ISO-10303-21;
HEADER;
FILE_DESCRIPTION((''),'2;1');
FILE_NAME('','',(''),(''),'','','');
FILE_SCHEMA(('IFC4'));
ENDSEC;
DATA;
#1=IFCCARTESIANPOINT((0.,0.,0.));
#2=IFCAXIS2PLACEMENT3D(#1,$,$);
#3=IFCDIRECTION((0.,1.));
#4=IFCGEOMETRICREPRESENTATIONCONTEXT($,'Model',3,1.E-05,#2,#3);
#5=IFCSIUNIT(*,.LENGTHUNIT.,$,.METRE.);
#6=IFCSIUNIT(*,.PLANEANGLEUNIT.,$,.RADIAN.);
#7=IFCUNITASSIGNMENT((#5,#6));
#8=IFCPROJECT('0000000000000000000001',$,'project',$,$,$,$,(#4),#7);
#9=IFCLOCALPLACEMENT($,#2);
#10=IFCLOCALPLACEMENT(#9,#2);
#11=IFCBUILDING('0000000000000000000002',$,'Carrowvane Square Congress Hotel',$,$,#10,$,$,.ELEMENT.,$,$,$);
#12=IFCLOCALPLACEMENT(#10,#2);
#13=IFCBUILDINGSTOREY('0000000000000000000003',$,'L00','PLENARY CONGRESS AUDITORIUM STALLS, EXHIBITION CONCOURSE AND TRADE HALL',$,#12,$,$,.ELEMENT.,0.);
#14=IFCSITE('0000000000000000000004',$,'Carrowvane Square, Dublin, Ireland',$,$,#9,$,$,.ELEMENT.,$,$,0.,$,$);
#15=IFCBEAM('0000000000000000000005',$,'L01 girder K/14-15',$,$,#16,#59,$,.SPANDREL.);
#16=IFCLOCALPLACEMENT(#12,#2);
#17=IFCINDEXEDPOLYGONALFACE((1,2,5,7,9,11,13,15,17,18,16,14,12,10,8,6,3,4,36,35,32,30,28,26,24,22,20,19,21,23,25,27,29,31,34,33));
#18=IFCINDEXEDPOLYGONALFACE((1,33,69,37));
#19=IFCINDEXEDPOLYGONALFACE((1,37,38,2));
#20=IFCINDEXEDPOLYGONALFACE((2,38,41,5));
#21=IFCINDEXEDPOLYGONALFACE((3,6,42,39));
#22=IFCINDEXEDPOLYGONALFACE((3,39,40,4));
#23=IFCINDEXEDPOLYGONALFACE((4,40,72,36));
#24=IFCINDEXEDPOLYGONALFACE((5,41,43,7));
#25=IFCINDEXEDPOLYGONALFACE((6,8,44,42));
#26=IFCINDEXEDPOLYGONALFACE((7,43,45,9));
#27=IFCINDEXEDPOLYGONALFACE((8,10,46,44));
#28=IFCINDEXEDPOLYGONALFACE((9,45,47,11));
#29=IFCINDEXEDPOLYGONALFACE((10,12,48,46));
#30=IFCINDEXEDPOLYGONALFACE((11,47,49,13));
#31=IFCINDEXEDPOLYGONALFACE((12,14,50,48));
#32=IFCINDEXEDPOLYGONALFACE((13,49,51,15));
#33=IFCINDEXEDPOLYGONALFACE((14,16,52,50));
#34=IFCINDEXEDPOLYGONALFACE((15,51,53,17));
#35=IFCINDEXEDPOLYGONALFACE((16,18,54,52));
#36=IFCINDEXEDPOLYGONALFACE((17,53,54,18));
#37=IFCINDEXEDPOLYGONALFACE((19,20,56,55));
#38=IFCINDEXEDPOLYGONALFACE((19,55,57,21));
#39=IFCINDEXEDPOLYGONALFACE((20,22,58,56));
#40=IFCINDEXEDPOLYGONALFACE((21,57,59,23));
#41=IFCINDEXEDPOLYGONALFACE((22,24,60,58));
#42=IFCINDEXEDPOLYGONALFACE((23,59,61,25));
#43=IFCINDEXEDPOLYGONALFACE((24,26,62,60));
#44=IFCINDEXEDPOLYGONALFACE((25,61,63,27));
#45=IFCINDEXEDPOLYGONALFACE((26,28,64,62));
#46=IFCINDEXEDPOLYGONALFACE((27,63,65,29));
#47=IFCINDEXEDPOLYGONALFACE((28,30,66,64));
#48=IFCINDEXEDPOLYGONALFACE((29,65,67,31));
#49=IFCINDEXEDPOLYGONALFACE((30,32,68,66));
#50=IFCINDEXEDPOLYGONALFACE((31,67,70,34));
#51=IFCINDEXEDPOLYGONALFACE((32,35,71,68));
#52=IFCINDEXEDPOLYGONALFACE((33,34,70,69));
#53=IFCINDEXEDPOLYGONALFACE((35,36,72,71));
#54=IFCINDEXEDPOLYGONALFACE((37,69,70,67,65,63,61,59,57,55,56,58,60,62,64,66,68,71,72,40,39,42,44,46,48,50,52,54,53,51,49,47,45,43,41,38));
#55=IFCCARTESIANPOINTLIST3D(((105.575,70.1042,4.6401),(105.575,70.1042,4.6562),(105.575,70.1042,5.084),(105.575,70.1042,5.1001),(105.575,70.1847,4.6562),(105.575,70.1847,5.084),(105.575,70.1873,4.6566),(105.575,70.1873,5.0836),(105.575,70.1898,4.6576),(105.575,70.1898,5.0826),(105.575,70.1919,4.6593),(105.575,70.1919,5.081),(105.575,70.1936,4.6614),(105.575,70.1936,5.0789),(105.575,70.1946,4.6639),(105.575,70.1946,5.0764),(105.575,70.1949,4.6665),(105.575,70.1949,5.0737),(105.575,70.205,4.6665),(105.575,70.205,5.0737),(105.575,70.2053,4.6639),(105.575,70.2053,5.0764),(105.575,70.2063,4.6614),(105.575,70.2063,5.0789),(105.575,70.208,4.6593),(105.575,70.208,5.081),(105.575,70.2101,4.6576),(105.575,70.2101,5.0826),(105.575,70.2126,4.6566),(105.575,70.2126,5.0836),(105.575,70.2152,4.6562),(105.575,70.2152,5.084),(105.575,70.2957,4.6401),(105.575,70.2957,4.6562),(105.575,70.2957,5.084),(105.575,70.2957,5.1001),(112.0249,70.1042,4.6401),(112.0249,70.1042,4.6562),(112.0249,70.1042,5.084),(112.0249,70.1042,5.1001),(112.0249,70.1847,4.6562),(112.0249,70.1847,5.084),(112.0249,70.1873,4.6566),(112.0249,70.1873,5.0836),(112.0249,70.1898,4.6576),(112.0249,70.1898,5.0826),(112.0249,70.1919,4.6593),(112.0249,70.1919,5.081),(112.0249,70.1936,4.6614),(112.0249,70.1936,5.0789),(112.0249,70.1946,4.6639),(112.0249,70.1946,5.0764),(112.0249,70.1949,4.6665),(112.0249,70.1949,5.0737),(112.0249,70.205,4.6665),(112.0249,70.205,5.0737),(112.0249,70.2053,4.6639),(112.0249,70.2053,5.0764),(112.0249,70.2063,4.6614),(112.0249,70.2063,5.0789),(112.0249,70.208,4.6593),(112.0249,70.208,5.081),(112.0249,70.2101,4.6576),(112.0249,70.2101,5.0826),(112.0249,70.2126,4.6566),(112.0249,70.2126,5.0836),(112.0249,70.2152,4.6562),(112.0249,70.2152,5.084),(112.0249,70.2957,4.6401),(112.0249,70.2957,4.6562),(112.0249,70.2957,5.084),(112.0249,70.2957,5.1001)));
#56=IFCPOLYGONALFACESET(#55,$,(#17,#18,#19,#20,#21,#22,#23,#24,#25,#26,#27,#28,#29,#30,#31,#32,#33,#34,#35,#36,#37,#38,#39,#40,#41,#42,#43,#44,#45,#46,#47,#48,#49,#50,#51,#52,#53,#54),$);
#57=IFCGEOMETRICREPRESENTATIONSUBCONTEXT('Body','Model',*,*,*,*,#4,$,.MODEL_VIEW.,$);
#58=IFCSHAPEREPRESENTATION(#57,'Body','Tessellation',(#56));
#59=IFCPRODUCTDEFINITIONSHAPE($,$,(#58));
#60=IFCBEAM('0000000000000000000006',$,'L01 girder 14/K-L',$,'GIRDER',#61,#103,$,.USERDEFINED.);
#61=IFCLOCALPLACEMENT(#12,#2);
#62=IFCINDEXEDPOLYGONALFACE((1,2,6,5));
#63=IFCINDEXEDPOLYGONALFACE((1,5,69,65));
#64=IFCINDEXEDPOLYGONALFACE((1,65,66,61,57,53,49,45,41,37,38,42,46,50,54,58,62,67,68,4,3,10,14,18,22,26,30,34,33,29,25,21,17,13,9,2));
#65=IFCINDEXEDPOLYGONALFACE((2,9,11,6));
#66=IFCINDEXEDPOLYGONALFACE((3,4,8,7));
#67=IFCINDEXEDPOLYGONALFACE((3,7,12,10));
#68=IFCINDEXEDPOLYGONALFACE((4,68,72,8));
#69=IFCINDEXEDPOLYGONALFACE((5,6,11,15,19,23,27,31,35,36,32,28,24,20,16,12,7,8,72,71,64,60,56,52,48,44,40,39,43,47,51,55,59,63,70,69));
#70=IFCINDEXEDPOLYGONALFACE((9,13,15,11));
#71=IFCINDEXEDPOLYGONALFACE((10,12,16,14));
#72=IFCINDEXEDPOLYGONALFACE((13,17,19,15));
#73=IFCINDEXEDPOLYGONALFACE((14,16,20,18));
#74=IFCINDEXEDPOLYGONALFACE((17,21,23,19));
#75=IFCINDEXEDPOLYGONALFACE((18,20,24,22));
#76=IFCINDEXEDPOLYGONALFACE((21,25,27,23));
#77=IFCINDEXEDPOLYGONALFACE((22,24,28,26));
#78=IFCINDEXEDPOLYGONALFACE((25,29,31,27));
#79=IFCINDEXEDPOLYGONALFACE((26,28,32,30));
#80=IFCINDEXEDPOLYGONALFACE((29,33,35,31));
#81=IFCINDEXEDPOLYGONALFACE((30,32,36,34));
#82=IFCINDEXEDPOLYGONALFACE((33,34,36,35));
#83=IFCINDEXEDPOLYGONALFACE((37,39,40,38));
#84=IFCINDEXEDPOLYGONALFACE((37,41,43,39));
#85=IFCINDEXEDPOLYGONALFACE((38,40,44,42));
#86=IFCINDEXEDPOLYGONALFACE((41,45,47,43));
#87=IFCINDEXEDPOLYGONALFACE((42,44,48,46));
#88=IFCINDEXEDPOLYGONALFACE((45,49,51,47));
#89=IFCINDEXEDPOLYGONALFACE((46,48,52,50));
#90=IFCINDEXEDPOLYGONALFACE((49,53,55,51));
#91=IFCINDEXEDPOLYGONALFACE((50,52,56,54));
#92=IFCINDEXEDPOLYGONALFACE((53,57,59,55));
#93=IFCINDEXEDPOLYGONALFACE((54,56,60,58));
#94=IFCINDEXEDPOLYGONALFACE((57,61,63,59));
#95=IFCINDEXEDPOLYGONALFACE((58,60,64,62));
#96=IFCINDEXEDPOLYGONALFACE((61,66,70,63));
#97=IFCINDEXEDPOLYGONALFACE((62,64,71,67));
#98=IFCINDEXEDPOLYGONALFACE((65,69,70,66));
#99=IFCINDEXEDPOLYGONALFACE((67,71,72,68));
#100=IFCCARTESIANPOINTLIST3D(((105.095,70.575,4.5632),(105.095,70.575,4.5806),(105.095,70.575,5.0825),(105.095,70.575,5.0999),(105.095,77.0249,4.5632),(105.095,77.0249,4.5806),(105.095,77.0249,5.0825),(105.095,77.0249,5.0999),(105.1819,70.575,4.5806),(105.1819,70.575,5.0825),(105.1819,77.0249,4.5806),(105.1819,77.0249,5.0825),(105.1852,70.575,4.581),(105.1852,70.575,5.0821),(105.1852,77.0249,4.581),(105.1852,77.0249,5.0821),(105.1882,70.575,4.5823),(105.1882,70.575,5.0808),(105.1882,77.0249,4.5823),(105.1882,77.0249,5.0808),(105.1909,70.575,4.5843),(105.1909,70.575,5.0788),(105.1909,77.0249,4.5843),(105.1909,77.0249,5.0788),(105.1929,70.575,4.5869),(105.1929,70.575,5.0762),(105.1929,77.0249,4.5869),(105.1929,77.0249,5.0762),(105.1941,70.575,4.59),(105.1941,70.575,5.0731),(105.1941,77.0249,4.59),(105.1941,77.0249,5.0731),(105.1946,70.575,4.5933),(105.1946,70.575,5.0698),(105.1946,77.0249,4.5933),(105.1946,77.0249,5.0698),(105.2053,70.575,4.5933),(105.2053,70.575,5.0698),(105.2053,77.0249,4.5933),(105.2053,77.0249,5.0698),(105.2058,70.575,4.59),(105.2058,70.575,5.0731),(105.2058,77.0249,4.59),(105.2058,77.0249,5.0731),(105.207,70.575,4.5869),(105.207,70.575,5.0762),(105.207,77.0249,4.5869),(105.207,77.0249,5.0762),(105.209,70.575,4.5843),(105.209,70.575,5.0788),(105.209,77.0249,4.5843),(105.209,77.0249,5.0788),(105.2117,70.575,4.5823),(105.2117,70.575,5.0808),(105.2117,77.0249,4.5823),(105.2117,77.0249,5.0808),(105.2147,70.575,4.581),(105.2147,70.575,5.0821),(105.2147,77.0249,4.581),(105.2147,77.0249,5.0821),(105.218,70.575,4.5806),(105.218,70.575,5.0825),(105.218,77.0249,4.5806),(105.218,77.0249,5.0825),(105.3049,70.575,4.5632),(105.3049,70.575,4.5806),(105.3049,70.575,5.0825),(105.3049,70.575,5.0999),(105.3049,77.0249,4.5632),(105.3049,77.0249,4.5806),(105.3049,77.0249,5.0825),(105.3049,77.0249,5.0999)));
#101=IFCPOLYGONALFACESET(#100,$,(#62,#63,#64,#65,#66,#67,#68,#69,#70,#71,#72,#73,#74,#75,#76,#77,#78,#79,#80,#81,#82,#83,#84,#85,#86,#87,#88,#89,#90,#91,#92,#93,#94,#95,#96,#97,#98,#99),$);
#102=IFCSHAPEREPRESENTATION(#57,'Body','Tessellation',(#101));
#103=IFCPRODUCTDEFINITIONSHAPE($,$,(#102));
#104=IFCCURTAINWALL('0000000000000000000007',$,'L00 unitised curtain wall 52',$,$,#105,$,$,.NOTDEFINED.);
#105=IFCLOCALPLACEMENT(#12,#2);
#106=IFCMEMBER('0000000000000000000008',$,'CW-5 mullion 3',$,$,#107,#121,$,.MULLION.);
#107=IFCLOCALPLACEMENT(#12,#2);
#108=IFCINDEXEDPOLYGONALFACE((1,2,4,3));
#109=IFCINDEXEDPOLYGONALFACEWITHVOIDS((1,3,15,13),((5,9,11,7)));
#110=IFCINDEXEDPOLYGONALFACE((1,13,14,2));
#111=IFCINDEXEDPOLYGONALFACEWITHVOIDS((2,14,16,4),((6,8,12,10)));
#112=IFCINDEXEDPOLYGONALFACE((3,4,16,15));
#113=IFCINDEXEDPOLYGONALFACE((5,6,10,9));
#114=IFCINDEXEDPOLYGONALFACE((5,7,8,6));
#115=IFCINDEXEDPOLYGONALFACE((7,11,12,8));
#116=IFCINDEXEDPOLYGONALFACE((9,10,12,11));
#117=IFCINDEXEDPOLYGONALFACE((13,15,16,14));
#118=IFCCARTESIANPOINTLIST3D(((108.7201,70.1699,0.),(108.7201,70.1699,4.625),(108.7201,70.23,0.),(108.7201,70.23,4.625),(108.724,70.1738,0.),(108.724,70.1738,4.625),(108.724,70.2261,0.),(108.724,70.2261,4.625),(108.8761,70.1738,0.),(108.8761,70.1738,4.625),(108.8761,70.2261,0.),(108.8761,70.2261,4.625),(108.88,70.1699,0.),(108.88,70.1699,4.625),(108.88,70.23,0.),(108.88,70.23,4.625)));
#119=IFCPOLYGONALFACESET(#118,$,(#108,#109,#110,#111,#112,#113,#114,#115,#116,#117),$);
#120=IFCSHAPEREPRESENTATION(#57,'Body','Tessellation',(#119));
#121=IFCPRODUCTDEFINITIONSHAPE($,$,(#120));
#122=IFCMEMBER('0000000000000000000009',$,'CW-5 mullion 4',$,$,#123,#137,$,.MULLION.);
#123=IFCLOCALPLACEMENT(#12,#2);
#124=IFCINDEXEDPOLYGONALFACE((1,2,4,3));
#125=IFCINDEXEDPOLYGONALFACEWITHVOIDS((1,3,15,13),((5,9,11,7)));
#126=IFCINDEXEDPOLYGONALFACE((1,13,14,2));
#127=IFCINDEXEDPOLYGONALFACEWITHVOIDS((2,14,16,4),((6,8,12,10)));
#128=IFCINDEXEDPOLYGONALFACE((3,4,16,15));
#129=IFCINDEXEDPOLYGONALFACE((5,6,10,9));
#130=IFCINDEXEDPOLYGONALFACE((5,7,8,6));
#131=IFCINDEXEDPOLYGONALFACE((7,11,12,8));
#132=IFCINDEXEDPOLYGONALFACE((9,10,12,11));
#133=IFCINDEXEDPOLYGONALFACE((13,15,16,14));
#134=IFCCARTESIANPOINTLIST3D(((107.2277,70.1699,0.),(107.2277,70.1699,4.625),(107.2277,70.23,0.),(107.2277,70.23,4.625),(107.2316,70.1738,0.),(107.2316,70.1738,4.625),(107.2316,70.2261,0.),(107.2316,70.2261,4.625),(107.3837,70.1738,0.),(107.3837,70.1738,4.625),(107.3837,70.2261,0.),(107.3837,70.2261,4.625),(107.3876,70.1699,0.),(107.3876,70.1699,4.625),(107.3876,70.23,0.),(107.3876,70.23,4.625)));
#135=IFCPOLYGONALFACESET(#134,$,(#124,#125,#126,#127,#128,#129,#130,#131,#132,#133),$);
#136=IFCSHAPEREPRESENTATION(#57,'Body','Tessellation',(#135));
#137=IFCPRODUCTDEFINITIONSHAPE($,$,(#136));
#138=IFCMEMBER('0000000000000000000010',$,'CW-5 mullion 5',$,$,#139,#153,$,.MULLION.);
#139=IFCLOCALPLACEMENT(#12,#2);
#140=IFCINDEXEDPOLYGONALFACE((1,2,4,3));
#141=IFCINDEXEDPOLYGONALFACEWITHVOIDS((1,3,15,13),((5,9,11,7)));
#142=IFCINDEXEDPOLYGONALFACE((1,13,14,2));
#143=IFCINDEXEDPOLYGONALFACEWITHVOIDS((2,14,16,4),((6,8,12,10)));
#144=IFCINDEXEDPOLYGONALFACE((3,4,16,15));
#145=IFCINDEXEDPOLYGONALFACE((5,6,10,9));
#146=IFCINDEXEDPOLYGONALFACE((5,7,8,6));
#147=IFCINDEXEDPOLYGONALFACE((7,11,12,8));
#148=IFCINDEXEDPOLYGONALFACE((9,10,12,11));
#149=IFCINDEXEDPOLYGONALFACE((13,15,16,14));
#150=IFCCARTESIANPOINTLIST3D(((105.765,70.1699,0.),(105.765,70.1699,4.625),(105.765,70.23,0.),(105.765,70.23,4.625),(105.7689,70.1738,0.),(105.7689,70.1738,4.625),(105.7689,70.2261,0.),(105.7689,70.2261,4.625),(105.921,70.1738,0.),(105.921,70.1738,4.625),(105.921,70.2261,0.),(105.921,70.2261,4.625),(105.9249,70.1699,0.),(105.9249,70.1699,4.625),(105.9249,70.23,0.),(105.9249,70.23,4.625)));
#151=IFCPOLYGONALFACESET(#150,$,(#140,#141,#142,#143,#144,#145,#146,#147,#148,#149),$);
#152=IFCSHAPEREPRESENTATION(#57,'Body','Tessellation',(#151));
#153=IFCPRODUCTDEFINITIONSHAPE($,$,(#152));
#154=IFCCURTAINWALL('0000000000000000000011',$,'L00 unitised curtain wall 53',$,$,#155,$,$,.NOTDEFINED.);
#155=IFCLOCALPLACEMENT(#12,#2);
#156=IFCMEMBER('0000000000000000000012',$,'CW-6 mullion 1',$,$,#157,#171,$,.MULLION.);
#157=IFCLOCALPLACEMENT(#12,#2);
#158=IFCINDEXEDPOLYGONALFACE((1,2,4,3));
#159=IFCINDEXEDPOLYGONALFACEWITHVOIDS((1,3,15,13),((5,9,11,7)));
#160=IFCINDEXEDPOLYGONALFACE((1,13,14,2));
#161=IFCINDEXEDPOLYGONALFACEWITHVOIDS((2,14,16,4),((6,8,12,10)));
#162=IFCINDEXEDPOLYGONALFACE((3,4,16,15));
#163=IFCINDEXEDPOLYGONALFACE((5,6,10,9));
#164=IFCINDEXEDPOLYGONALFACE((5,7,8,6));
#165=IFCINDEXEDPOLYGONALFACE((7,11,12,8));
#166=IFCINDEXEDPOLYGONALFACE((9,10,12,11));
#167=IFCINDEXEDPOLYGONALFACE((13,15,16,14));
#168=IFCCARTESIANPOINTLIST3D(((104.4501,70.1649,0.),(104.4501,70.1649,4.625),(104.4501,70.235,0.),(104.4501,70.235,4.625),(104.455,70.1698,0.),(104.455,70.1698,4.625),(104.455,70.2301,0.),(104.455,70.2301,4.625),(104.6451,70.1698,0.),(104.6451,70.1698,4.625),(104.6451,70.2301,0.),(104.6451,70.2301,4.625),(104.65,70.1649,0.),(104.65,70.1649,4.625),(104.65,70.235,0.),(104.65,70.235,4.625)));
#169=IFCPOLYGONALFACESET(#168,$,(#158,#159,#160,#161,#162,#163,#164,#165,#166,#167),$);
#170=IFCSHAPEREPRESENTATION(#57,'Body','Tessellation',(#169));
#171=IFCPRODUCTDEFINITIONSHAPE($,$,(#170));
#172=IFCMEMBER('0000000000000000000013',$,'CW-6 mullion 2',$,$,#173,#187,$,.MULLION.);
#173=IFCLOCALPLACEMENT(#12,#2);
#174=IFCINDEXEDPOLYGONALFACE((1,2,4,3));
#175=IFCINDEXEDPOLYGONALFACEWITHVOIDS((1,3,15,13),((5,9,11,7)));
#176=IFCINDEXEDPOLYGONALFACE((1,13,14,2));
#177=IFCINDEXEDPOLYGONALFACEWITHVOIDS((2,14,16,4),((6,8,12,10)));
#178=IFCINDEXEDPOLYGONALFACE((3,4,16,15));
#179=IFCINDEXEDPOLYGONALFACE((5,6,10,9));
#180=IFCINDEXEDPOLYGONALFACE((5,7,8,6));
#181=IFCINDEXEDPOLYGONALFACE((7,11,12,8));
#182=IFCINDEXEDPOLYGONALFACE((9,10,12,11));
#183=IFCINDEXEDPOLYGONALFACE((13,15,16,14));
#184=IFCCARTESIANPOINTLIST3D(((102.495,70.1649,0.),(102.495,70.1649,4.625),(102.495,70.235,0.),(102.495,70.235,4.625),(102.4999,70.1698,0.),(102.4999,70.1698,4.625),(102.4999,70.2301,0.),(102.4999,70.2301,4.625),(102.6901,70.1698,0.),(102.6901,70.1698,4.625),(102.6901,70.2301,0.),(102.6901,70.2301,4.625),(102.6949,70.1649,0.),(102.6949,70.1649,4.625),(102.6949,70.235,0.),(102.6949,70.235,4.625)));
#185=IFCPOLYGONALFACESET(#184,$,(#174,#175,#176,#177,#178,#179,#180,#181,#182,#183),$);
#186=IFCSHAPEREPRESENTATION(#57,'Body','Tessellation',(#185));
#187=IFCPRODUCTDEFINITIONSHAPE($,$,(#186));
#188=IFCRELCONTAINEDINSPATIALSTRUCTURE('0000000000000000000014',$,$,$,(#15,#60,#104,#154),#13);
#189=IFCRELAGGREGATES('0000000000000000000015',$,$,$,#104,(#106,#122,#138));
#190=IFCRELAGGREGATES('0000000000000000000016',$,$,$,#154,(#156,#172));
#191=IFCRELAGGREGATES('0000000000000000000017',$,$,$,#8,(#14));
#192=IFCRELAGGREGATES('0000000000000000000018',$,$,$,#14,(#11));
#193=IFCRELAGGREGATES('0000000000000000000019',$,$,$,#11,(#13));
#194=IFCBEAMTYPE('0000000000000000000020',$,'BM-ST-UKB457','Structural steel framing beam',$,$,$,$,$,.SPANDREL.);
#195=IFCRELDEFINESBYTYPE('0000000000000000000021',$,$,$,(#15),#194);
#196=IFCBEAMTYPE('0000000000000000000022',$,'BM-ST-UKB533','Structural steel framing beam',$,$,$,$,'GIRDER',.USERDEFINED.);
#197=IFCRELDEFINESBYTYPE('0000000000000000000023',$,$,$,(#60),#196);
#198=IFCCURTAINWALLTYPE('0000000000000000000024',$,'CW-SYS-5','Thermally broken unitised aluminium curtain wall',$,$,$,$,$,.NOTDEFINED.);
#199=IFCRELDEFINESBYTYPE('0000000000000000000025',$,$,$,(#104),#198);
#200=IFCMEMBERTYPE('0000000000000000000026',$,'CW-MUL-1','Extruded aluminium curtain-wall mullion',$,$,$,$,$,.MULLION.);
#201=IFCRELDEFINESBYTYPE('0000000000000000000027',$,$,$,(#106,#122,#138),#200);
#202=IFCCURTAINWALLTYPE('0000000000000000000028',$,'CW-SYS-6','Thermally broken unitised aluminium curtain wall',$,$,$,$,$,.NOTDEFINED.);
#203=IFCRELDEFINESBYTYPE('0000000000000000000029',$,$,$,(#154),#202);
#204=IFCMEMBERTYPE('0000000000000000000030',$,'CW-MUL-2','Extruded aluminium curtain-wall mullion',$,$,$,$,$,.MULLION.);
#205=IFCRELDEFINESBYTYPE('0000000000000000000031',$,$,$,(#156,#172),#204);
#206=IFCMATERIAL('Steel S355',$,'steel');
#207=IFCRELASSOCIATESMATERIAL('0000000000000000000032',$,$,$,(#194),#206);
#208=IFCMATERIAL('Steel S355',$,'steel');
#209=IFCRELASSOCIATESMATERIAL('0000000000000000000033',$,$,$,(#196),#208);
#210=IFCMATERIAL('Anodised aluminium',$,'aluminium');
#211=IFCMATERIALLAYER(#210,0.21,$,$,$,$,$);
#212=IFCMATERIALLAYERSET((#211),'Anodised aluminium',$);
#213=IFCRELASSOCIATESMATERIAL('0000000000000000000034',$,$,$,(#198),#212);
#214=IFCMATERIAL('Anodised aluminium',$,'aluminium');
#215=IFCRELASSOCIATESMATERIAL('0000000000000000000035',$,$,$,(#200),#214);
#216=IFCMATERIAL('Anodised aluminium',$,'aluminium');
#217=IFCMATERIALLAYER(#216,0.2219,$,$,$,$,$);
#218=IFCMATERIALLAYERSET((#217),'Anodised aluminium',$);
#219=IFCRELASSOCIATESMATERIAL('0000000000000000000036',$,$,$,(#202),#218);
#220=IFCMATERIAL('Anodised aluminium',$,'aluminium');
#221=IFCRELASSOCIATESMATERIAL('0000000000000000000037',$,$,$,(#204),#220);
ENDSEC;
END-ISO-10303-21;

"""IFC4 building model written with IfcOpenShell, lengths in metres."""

from ifc_helpers import new_model, si_unit, direction, frame, origin, origin_2d, place, context, subcontext, project, spatial, hollow_rectangle, i_section, extrude, material, layer, layer_set, material_profile, profile_set, type_object, element, aggregate, save


model = new_model("IFC4")

# Units and contexts
model_context = context("Model", 3, precision=1e-05, world=origin(), true_north=direction((0.0, 1.0)))
body_context = subcontext(model_context, "Body", "Model", "MODEL_VIEW")
ifc_project = project(units=[si_unit("LENGTHUNIT", "METRE"), si_unit("PLANEANGLEUNIT", "RADIAN")], contexts=[model_context])

# Site, building, storey
site_placement = place(None, origin())
site = spatial("IfcSite", under=ifc_project, at=site_placement, Name="Carrowvane Square, Dublin, Ireland", CompositionType="ELEMENT", RefElevation=0.0)
building_placement = place(site_placement, origin())
building = spatial("IfcBuilding", under=site, at=building_placement, Name="Carrowvane Square Congress Hotel", CompositionType="ELEMENT")
storey_placement = place(building_placement, origin())
storey = spatial("IfcBuildingStorey", under=building, at=storey_placement, Name="L00", Description="PLENARY CONGRESS AUDITORIUM STALLS, EXHIBITION CONCOURSE AND TRADE HALL", CompositionType="ELEMENT", Elevation=0.0)

# Beams
ifc_material_1 = material(Name="Steel S355", Category="steel")
ifc_material_profile_1 = material_profile(ifc_material_1, i_section(OverallWidth=0.1914, OverallDepth=0.46, WebThickness=0.01, FlangeThickness=0.0161, FilletRadius=0.0103, at=origin_2d()), Name="UKB 457x191x82")
ifc_profile_set_1 = profile_set([ifc_material_profile_1], Name="Steel S355")
beam_type_1 = type_object("IfcBeamType", Name="BM-ST-UKB457", Description="Structural steel framing beam", PredefinedType="SPANDREL", material=ifc_profile_set_1)
beam_1_placement = place(storey_placement, frame((105.575, 70.2, 4.8701), z_axis=(1.0, 0.0, 0.0), x_axis=(0.0, 1.0, 0.0)))
element("IfcBeam", 1, at=beam_1_placement, inside=storey, type_object=beam_type_1, Name="L01 girder K/14-15", PredefinedType="SPANDREL", context=body_context, shape_type="SweptSolid", body=[
    extrude(i_section(OverallWidth=0.1914, OverallDepth=0.46, WebThickness=0.01, FlangeThickness=0.0161, FilletRadius=0.0103, at=origin_2d()), origin(), (0.0, 0.0, 1.0), 6.45),
])
ifc_material_2 = material(Name="Steel S355", Category="steel")
ifc_material_profile_2 = material_profile(ifc_material_2, i_section(OverallWidth=0.21, OverallDepth=0.5366, WebThickness=0.0107, FlangeThickness=0.0173, FilletRadius=0.0127, at=origin_2d()), Name="UKB 533x210x101")
ifc_profile_set_2 = profile_set([ifc_material_profile_2], Name="Steel S355")
beam_type_2 = type_object("IfcBeamType", Name="BM-ST-UKB533", Description="Structural steel framing beam", ElementType="GIRDER", PredefinedType="USERDEFINED", material=ifc_profile_set_2)
beam_2_placement = place(storey_placement, frame((105.2, 70.575, 4.8315), z_axis=(0.0, 1.0, 0.0), x_axis=(-1.0, 0.0, 0.0)))
element("IfcBeam", 2, at=beam_2_placement, inside=storey, type_object=beam_type_2, Name="L01 girder 14/K-L", ObjectType="GIRDER", PredefinedType="USERDEFINED", context=body_context, shape_type="SweptSolid", body=[
    extrude(i_section(OverallWidth=0.21, OverallDepth=0.5366, WebThickness=0.0107, FlangeThickness=0.0173, FilletRadius=0.0127, at=origin_2d()), origin(), (0.0, 0.0, 1.0), 6.45),
])

# Curtain walls, members
ifc_material_3 = material(Name="Anodised aluminium", Category="aluminium")
ifc_layer_1 = layer(ifc_material_3, 0.21)
ifc_layer_set_1 = layer_set([ifc_layer_1], Name="Anodised aluminium")
curtain_wall_type_1 = type_object("IfcCurtainWallType", Name="CW-SYS-5", Description="Thermally broken unitised aluminium curtain wall", PredefinedType="NOTDEFINED", material=ifc_layer_set_1)
curtain_wall_1_placement = place(storey_placement, origin())
curtain_wall_1 = element("IfcCurtainWall", 3, at=curtain_wall_1_placement, inside=storey, type_object=curtain_wall_type_1, Name="L00 unitised curtain wall 52", PredefinedType="NOTDEFINED")
ifc_material_4 = material(Name="Anodised aluminium", Category="aluminium")
ifc_material_profile_3 = material_profile(ifc_material_4, hollow_rectangle(XDim=0.0601, YDim=0.1599, WallThickness=0.0039, at=origin_2d()), Name="CW-ML 60x160x4")
ifc_profile_set_3 = profile_set([ifc_material_profile_3], Name="Anodised aluminium")
member_type_1 = type_object("IfcMemberType", Name="CW-MUL-1", Description="Extruded aluminium curtain-wall mullion", PredefinedType="MULLION", material=ifc_profile_set_3)
member_1_placement = place(storey_placement, frame((108.8, 70.2, 0.0), z_axis=(0.0, 0.0, 1.0), x_axis=(0.0, -1.0, 0.0)))
member_1 = element("IfcMember", 4, at=member_1_placement, type_object=member_type_1, Name="CW-5 mullion 3", PredefinedType="MULLION", context=body_context, shape_type="SweptSolid", body=[
    extrude(hollow_rectangle(XDim=0.0601, YDim=0.1599, WallThickness=0.0039, at=origin_2d()), origin(), (0.0, 0.0, 1.0), 4.625),
])
member_2_placement = place(storey_placement, frame((107.3076, 70.2, 0.0), z_axis=(0.0, 0.0, 1.0), x_axis=(0.0, -1.0, 0.0)))
member_2 = element("IfcMember", 5, at=member_2_placement, type_object=member_type_1, Name="CW-5 mullion 4", PredefinedType="MULLION", context=body_context, shape_type="SweptSolid", body=[
    extrude(hollow_rectangle(XDim=0.0601, YDim=0.1599, WallThickness=0.0039, at=origin_2d()), origin(), (0.0, 0.0, 1.0), 4.625),
])
member_3_placement = place(storey_placement, frame((105.845, 70.2, 0.0), z_axis=(0.0, 0.0, 1.0), x_axis=(0.0, -1.0, 0.0)))
member_3 = element("IfcMember", 6, at=member_3_placement, type_object=member_type_1, Name="CW-5 mullion 5", PredefinedType="MULLION", context=body_context, shape_type="SweptSolid", body=[
    extrude(hollow_rectangle(XDim=0.0601, YDim=0.1599, WallThickness=0.0039, at=origin_2d()), origin(), (0.0, 0.0, 1.0), 4.625),
])
ifc_material_5 = material(Name="Anodised aluminium", Category="aluminium")
ifc_layer_2 = layer(ifc_material_5, 0.2219)
ifc_layer_set_2 = layer_set([ifc_layer_2], Name="Anodised aluminium")
curtain_wall_type_2 = type_object("IfcCurtainWallType", Name="CW-SYS-6", Description="Thermally broken unitised aluminium curtain wall", PredefinedType="NOTDEFINED", material=ifc_layer_set_2)
curtain_wall_2_placement = place(storey_placement, origin())
curtain_wall_2 = element("IfcCurtainWall", 7, at=curtain_wall_2_placement, inside=storey, type_object=curtain_wall_type_2, Name="L00 unitised curtain wall 53", PredefinedType="NOTDEFINED")
ifc_material_6 = material(Name="Anodised aluminium", Category="aluminium")
ifc_material_profile_4 = material_profile(ifc_material_6, hollow_rectangle(XDim=0.0701, YDim=0.2, WallThickness=0.0049, at=origin_2d()), Name="CW-ML 70x200x5")
ifc_profile_set_4 = profile_set([ifc_material_profile_4], Name="Anodised aluminium")
member_type_2 = type_object("IfcMemberType", Name="CW-MUL-2", Description="Extruded aluminium curtain-wall mullion", PredefinedType="MULLION", material=ifc_profile_set_4)
member_4_placement = place(storey_placement, frame((104.55, 70.2, 0.0), z_axis=(0.0, 0.0, 1.0), x_axis=(0.0, -1.0, 0.0)))
member_4 = element("IfcMember", 8, at=member_4_placement, type_object=member_type_2, Name="CW-6 mullion 1", PredefinedType="MULLION", context=body_context, shape_type="SweptSolid", body=[
    extrude(hollow_rectangle(XDim=0.0701, YDim=0.2, WallThickness=0.0049, at=origin_2d()), origin(), (0.0, 0.0, 1.0), 4.625),
])
member_5_placement = place(storey_placement, frame((102.595, 70.2, 0.0), z_axis=(0.0, 0.0, 1.0), x_axis=(0.0, -1.0, 0.0)))
member_5 = element("IfcMember", 9, at=member_5_placement, type_object=member_type_2, Name="CW-6 mullion 2", PredefinedType="MULLION", context=body_context, shape_type="SweptSolid", body=[
    extrude(hollow_rectangle(XDim=0.0701, YDim=0.2, WallThickness=0.0049, at=origin_2d()), origin(), (0.0, 0.0, 1.0), 4.625),
])

aggregate(curtain_wall_1, [member_1, member_2, member_3])
aggregate(curtain_wall_2, [member_4, member_5])

save(model, "model.ifc")
